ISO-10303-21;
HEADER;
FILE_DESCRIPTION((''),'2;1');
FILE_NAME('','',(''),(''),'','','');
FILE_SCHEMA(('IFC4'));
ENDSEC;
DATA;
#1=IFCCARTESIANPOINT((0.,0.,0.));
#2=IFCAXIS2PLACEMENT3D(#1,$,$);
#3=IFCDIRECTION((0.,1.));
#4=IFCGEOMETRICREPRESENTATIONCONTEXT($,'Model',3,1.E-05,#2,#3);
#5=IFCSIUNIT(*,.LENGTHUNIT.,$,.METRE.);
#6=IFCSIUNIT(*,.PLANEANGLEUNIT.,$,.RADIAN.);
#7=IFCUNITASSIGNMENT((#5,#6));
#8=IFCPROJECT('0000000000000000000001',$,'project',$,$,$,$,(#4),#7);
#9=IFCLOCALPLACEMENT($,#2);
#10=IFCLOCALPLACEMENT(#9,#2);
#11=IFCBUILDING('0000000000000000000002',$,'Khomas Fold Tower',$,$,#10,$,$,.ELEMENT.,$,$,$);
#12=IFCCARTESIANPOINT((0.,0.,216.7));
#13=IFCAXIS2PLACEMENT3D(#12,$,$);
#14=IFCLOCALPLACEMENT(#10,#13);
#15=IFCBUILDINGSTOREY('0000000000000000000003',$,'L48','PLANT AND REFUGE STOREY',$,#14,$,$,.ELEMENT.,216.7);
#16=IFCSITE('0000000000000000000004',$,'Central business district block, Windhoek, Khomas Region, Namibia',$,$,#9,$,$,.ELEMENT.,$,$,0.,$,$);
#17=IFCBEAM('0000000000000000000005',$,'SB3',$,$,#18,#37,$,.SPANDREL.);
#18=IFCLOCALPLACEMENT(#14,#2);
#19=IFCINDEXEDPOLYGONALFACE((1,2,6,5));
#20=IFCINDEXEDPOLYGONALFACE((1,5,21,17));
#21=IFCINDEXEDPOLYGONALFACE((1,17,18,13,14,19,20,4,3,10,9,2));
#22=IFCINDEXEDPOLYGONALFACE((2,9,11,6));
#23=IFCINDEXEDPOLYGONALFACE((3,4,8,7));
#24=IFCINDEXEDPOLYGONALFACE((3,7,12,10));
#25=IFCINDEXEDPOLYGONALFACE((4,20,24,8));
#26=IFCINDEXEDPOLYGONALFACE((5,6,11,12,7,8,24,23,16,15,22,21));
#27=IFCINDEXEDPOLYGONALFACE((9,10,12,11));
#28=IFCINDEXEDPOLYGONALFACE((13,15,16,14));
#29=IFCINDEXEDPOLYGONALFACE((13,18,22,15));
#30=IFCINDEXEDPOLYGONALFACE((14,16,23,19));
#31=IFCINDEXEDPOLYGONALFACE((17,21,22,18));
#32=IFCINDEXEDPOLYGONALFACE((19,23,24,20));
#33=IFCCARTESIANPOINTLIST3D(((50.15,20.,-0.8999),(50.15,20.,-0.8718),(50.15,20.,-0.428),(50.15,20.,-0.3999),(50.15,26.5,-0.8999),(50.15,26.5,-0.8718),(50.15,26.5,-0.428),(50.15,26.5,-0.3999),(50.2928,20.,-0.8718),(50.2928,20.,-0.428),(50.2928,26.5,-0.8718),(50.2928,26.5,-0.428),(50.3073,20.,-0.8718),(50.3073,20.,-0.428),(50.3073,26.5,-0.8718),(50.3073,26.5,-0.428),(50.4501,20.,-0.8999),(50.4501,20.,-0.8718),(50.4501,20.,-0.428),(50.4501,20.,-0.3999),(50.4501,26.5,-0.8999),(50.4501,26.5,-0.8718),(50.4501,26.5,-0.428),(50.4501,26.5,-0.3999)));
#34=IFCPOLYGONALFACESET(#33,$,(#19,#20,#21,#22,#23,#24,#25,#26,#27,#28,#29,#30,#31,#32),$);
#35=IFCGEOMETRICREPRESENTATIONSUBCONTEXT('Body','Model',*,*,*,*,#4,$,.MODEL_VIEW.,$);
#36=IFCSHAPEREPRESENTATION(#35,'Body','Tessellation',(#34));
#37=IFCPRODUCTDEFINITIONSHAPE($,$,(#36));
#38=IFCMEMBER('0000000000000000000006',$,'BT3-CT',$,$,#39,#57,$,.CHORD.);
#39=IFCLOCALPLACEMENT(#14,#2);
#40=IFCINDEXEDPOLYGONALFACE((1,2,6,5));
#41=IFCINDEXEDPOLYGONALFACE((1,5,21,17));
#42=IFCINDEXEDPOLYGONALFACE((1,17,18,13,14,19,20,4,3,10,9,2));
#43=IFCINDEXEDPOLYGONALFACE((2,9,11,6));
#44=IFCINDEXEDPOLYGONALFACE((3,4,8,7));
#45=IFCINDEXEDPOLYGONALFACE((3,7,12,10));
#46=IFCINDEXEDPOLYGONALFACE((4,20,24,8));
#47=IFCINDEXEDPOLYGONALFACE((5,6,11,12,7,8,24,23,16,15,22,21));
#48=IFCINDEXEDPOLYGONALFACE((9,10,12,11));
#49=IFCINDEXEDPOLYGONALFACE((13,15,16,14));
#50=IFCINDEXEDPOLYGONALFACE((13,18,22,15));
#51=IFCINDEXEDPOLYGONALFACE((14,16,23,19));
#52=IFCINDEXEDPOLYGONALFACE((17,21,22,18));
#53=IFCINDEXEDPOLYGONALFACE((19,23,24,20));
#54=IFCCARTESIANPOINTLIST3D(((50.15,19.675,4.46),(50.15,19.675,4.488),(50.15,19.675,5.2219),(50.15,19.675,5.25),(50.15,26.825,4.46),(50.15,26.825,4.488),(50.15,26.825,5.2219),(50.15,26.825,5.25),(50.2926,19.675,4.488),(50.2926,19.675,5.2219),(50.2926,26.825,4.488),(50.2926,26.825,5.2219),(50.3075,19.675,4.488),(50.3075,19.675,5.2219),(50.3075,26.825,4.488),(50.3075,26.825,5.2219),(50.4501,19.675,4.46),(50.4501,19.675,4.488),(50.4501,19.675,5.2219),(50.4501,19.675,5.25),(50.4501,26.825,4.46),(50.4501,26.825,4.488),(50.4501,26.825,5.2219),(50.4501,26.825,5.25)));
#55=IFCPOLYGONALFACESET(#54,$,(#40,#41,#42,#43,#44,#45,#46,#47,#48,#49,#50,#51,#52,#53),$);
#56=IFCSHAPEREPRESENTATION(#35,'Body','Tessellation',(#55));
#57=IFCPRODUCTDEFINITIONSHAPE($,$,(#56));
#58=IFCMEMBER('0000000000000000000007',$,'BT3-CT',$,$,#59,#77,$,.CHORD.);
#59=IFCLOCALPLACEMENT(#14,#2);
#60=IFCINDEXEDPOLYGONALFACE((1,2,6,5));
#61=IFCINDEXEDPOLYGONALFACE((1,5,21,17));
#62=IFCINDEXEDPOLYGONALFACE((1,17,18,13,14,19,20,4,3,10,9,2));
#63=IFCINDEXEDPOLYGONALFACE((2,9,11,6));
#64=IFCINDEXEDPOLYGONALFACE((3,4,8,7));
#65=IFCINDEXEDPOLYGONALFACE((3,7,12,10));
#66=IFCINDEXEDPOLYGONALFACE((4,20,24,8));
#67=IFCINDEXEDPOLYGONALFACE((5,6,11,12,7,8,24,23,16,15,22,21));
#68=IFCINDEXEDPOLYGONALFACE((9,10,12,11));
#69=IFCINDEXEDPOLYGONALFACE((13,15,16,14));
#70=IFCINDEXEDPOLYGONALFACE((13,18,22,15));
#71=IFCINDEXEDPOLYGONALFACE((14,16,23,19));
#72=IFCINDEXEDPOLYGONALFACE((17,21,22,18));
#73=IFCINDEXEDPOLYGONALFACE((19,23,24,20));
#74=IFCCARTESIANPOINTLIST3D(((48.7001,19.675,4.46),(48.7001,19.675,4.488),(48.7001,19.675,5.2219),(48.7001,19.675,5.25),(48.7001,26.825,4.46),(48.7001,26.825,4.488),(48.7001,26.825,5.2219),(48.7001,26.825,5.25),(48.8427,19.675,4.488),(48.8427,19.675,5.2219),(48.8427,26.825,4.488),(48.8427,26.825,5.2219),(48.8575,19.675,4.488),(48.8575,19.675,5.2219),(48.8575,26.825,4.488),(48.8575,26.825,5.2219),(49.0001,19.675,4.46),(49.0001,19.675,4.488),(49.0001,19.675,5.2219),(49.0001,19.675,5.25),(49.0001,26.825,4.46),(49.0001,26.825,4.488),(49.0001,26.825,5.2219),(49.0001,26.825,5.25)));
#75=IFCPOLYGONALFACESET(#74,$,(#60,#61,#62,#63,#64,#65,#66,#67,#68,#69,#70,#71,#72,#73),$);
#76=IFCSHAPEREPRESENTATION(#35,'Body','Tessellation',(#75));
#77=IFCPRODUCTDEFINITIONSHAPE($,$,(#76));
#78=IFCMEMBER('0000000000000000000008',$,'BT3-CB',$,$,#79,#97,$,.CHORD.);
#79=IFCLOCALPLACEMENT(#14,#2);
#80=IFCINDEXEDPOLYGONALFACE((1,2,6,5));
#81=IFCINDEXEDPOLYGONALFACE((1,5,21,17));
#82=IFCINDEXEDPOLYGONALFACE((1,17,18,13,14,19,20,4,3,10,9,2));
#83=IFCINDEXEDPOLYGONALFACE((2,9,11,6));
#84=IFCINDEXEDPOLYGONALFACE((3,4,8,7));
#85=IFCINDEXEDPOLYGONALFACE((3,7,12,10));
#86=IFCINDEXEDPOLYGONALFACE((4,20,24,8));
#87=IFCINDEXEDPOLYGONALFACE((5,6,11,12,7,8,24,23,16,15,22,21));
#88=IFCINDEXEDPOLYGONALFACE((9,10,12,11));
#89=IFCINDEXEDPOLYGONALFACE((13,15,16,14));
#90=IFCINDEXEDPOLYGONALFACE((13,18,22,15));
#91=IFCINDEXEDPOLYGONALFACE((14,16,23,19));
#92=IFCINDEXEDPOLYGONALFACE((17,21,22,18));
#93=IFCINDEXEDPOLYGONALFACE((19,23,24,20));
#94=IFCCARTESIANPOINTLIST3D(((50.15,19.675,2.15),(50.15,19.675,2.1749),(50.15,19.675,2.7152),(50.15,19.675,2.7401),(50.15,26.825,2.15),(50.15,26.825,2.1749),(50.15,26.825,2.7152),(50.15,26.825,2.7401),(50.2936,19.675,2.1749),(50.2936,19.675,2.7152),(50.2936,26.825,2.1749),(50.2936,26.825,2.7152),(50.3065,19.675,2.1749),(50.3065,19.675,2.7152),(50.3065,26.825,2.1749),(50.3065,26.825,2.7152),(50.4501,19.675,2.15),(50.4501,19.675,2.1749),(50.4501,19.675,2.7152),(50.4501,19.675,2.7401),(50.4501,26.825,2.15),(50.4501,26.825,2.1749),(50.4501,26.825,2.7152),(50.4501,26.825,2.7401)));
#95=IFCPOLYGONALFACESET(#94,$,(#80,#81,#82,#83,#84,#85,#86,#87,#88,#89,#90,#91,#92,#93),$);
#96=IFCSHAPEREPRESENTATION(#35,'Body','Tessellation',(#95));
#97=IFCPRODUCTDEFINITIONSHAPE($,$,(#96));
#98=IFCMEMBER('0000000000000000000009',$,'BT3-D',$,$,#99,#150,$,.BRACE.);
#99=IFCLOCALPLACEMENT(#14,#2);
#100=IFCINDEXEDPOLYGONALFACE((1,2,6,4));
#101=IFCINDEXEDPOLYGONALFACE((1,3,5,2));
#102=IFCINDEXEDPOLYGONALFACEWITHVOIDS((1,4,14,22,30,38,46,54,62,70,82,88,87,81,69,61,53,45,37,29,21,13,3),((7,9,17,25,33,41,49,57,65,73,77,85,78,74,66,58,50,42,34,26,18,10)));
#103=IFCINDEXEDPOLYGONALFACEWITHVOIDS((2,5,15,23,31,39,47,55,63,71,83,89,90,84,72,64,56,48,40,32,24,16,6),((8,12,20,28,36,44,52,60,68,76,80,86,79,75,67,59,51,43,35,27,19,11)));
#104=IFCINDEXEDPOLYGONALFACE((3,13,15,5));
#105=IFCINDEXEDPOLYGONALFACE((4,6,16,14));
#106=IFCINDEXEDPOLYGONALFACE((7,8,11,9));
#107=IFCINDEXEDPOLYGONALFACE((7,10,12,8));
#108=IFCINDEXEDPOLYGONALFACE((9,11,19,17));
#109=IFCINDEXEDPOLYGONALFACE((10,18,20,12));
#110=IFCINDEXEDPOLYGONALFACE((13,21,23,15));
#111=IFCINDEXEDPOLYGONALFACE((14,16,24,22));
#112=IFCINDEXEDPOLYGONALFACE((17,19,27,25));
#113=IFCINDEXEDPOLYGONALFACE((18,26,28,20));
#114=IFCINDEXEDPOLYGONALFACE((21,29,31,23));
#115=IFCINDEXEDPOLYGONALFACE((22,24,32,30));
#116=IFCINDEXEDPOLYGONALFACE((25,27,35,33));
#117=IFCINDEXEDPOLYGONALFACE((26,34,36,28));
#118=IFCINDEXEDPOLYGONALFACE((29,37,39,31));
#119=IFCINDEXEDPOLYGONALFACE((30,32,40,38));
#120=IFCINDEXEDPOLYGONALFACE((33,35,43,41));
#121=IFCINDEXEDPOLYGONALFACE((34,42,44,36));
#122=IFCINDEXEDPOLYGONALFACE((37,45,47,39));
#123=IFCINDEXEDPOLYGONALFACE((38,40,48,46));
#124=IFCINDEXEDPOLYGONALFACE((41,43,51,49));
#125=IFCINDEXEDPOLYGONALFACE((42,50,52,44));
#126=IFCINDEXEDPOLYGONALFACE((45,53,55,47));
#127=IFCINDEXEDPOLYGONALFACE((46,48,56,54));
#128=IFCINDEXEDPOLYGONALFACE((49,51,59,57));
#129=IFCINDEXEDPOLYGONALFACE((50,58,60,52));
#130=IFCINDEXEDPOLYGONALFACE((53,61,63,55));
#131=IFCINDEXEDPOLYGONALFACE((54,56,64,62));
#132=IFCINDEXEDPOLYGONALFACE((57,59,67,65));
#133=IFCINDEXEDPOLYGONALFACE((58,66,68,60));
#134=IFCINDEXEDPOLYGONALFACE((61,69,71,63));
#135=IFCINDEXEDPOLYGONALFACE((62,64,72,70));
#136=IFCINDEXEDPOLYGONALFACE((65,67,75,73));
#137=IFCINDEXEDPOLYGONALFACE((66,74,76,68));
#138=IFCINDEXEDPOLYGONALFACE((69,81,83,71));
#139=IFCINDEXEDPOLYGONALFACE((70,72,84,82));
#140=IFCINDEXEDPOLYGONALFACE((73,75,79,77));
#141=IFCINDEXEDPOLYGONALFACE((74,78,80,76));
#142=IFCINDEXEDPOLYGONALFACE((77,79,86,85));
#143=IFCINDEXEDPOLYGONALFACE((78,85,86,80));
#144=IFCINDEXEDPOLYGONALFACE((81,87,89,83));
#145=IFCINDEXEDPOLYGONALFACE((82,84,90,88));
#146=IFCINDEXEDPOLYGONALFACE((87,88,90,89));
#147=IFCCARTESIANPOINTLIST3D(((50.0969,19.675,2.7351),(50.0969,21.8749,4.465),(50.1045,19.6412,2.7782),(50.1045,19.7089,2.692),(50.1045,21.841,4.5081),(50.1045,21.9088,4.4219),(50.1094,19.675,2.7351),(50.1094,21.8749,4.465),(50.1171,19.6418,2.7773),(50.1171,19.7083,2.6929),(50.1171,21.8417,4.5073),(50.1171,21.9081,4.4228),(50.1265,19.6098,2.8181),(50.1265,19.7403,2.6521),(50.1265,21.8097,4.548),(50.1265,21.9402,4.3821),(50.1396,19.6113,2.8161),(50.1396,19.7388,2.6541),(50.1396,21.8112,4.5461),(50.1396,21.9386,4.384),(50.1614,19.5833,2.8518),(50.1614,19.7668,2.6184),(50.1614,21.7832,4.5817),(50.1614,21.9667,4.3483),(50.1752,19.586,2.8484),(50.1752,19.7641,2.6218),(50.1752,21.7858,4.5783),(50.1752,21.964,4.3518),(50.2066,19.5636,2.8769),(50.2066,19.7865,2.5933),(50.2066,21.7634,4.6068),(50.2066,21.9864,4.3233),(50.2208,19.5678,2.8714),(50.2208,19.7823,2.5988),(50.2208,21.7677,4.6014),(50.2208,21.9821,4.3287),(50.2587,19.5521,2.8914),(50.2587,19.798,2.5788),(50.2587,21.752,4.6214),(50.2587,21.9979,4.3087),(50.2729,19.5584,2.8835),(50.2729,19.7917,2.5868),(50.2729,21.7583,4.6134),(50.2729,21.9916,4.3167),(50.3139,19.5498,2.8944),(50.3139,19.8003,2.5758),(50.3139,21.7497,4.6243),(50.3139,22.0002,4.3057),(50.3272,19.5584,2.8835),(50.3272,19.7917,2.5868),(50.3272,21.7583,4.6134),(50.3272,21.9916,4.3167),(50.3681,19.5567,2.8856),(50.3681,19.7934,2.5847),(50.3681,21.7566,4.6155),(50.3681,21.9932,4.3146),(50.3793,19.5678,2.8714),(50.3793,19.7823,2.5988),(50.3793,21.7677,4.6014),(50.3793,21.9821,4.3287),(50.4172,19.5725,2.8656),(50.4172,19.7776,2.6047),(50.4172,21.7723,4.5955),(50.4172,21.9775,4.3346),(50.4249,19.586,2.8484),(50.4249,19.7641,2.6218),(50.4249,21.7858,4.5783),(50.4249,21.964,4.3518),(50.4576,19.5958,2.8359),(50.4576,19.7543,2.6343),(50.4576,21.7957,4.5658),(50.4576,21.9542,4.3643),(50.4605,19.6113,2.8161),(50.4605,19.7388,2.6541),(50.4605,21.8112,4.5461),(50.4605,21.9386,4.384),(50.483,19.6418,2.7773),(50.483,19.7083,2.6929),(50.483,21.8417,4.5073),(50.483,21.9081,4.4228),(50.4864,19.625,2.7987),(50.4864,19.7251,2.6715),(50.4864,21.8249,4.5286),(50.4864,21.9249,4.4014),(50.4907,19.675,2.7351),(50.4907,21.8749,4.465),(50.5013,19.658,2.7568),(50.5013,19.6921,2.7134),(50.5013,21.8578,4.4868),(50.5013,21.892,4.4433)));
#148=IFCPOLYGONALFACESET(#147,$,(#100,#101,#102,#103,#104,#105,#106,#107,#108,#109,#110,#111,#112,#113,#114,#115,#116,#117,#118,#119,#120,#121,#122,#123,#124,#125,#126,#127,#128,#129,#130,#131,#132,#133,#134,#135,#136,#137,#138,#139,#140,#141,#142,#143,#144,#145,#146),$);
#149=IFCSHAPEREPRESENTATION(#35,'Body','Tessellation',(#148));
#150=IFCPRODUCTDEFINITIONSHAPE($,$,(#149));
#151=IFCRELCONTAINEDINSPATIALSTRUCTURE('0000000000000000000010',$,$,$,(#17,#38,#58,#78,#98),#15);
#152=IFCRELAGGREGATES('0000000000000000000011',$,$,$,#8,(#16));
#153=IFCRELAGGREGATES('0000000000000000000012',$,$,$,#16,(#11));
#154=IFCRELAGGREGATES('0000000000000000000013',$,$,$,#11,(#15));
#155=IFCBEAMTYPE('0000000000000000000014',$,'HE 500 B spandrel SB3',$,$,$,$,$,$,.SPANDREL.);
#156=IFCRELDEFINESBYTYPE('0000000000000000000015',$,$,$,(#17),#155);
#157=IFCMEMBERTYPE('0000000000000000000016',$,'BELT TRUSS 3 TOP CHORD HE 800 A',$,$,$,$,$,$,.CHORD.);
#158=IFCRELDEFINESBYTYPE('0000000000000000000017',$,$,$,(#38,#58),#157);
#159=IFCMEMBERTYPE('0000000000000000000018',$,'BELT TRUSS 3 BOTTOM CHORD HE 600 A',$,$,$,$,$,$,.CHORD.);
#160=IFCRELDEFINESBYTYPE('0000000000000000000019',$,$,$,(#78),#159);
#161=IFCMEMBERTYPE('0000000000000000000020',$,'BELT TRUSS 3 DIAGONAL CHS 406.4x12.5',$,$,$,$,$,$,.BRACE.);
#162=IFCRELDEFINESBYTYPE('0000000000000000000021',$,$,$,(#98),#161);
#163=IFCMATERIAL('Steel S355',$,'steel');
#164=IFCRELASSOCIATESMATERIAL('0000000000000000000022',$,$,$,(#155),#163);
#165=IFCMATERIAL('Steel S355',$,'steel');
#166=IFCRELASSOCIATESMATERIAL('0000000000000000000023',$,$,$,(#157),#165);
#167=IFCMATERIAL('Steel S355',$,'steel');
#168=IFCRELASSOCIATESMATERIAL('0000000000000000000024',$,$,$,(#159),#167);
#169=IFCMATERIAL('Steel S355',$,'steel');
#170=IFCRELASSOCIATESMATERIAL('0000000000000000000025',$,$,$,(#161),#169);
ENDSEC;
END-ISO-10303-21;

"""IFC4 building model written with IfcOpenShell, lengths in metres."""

from ifc_helpers import new_model, si_unit, direction, frame, origin, origin_2d, place, context, subcontext, project, spatial, hollow_circle, i_section, extrude, source, transform, mapped, material, material_profile, profile_set, type_object, element, save


model = new_model("IFC4")

# Units and contexts
model_context = context("Model", 3, precision=1e-05, world=origin(), true_north=direction((0.0, 1.0)))
body_context = subcontext(model_context, "Body", "Model", "MODEL_VIEW")
ifc_project = project(units=[si_unit("LENGTHUNIT", "METRE"), si_unit("PLANEANGLEUNIT", "RADIAN")], contexts=[model_context])

# Site, building, storey
site_placement = place(None, origin())
site = spatial("IfcSite", under=ifc_project, at=site_placement, Name="Central business district block, Windhoek, Khomas Region, Namibia", CompositionType="ELEMENT", RefElevation=0.0)
building_placement = place(site_placement, origin())
building = spatial("IfcBuilding", under=site, at=building_placement, Name="Khomas Fold Tower", CompositionType="ELEMENT")
storey_placement = place(building_placement, frame((0.0, 0.0, 216.7)))
storey = spatial("IfcBuildingStorey", under=building, at=storey_placement, Name="L48", Description="PLANT AND REFUGE STOREY", CompositionType="ELEMENT", Elevation=216.7)

# Beam
ifc_material_1 = material(Name="Steel S355", Category="steel")
ifc_material_profile_1 = material_profile(ifc_material_1, i_section(OverallWidth=0.3, OverallDepth=0.5, WebThickness=0.0144, FlangeThickness=0.0281, at=origin_2d()), Name="HE 500 B")
ifc_profile_set_1 = profile_set([ifc_material_profile_1], Name="Steel S355")
beam_type_1 = type_object("IfcBeamType", Name="HE 500 B spandrel SB3", PredefinedType="SPANDREL", material=ifc_profile_set_1)
shared_shape_1 = source(origin(), body_context, "Body", "SweptSolid", [
    extrude(i_section(OverallWidth=0.3, OverallDepth=0.5, WebThickness=0.0144, FlangeThickness=0.0281, at=origin_2d()), origin(), (0.0, 0.0, 1.0), 6.5),
])
beam_1_placement = place(storey_placement, frame((50.3, 20.0, -0.6499), z_axis=(0.0, 1.0, 0.0), x_axis=(-1.0, 0.0, 0.0)))
element("IfcBeam", 1, at=beam_1_placement, inside=storey, type_object=beam_type_1, Name="SB3", PredefinedType="SPANDREL", context=body_context, shape_type="MappedRepresentation", body=[
    mapped(shared_shape_1, transform((0.0, 0.0, 0.0))),
])

# Members
ifc_material_2 = material(Name="Steel S355", Category="steel")
ifc_material_profile_2 = material_profile(ifc_material_2, i_section(OverallWidth=0.3, OverallDepth=0.79, WebThickness=0.0149, FlangeThickness=0.0281, at=origin_2d()), Name="HE 800 A")
ifc_profile_set_2 = profile_set([ifc_material_profile_2], Name="Steel S355")
member_type_1 = type_object("IfcMemberType", Name="BELT TRUSS 3 TOP CHORD HE 800 A", PredefinedType="CHORD", material=ifc_profile_set_2)
shared_shape_2 = source(origin(), body_context, "Body", "SweptSolid", [
    extrude(i_section(OverallWidth=0.3, OverallDepth=0.79, WebThickness=0.0149, FlangeThickness=0.0281, at=origin_2d()), origin(), (0.0, 0.0, 1.0), 7.1499),
])
for number, where, z_axis, x_axis, name in (
    (2, (50.3, 19.675, 4.855), (0.0, 1.0, 0.0), (-1.0, 0.0, 0.0), "BT3-CT"),
    (3, (48.8501, 19.675, 4.855), (0.0, 1.0, 0.0), (-1.0, 0.0, 0.0), "BT3-CT"),
):
    element("IfcMember", number, at=place(storey_placement, frame(where, z_axis=z_axis, x_axis=x_axis)), inside=storey, type_object=member_type_1, Name=name, PredefinedType="CHORD", context=body_context, shape_type="MappedRepresentation", body=[
        mapped(shared_shape_2, transform((0.0, 0.0, 0.0))),
    ])
ifc_material_3 = material(Name="Steel S355", Category="steel")
ifc_material_profile_3 = material_profile(ifc_material_3, i_section(OverallWidth=0.3, OverallDepth=0.5901, WebThickness=0.0129, FlangeThickness=0.0249, at=origin_2d()), Name="HE 600 A")
ifc_profile_set_3 = profile_set([ifc_material_profile_3], Name="Steel S355")
member_type_2 = type_object("IfcMemberType", Name="BELT TRUSS 3 BOTTOM CHORD HE 600 A", PredefinedType="CHORD", material=ifc_profile_set_3)
shared_shape_3 = source(origin(), body_context, "Body", "SweptSolid", [
    extrude(i_section(OverallWidth=0.3, OverallDepth=0.5901, WebThickness=0.0129, FlangeThickness=0.0249, at=origin_2d()), origin(), (0.0, 0.0, 1.0), 7.1499),
])
member_1_placement = place(storey_placement, frame((50.3, 19.675, 2.4451), z_axis=(0.0, 1.0, 0.0), x_axis=(-1.0, 0.0, 0.0)))
element("IfcMember", 4, at=member_1_placement, inside=storey, type_object=member_type_2, Name="BT3-CB", PredefinedType="CHORD", context=body_context, shape_type="MappedRepresentation", body=[
    mapped(shared_shape_3, transform((0.0, 0.0, 0.0))),
])
ifc_material_4 = material(Name="Steel S355", Category="steel")
ifc_material_profile_4 = material_profile(ifc_material_4, hollow_circle(Radius=0.2031, WallThickness=0.0125, at=origin_2d()), Name="CHS 406.4x12.5")
ifc_profile_set_4 = profile_set([ifc_material_profile_4], Name="Steel S355")
member_type_3 = type_object("IfcMemberType", Name="BELT TRUSS 3 DIAGONAL CHS 406.4x12.5", PredefinedType="BRACE", material=ifc_profile_set_4)
shared_shape_4 = source(origin(), body_context, "Body", "SweptSolid", [
    extrude(hollow_circle(Radius=0.2031, WallThickness=0.0125, at=origin_2d()), origin(), (0.0, 0.0, 1.0), 2.7986),
])
for number, where, z_axis, x_axis, name in (
    (5, (50.3, 19.675, 2.7351), (0.0, 0.786067, 0.618141), (-1.0, 0.0, 0.0), "BT3-D"),
):
    element("IfcMember", number, at=place(storey_placement, frame(where, z_axis=z_axis, x_axis=x_axis)), inside=storey, type_object=member_type_3, Name=name, PredefinedType="BRACE", context=body_context, shape_type="MappedRepresentation", body=[
        mapped(shared_shape_4, transform((0.0, 0.0, 0.0))),
    ])

save(model, "model.ifc")
